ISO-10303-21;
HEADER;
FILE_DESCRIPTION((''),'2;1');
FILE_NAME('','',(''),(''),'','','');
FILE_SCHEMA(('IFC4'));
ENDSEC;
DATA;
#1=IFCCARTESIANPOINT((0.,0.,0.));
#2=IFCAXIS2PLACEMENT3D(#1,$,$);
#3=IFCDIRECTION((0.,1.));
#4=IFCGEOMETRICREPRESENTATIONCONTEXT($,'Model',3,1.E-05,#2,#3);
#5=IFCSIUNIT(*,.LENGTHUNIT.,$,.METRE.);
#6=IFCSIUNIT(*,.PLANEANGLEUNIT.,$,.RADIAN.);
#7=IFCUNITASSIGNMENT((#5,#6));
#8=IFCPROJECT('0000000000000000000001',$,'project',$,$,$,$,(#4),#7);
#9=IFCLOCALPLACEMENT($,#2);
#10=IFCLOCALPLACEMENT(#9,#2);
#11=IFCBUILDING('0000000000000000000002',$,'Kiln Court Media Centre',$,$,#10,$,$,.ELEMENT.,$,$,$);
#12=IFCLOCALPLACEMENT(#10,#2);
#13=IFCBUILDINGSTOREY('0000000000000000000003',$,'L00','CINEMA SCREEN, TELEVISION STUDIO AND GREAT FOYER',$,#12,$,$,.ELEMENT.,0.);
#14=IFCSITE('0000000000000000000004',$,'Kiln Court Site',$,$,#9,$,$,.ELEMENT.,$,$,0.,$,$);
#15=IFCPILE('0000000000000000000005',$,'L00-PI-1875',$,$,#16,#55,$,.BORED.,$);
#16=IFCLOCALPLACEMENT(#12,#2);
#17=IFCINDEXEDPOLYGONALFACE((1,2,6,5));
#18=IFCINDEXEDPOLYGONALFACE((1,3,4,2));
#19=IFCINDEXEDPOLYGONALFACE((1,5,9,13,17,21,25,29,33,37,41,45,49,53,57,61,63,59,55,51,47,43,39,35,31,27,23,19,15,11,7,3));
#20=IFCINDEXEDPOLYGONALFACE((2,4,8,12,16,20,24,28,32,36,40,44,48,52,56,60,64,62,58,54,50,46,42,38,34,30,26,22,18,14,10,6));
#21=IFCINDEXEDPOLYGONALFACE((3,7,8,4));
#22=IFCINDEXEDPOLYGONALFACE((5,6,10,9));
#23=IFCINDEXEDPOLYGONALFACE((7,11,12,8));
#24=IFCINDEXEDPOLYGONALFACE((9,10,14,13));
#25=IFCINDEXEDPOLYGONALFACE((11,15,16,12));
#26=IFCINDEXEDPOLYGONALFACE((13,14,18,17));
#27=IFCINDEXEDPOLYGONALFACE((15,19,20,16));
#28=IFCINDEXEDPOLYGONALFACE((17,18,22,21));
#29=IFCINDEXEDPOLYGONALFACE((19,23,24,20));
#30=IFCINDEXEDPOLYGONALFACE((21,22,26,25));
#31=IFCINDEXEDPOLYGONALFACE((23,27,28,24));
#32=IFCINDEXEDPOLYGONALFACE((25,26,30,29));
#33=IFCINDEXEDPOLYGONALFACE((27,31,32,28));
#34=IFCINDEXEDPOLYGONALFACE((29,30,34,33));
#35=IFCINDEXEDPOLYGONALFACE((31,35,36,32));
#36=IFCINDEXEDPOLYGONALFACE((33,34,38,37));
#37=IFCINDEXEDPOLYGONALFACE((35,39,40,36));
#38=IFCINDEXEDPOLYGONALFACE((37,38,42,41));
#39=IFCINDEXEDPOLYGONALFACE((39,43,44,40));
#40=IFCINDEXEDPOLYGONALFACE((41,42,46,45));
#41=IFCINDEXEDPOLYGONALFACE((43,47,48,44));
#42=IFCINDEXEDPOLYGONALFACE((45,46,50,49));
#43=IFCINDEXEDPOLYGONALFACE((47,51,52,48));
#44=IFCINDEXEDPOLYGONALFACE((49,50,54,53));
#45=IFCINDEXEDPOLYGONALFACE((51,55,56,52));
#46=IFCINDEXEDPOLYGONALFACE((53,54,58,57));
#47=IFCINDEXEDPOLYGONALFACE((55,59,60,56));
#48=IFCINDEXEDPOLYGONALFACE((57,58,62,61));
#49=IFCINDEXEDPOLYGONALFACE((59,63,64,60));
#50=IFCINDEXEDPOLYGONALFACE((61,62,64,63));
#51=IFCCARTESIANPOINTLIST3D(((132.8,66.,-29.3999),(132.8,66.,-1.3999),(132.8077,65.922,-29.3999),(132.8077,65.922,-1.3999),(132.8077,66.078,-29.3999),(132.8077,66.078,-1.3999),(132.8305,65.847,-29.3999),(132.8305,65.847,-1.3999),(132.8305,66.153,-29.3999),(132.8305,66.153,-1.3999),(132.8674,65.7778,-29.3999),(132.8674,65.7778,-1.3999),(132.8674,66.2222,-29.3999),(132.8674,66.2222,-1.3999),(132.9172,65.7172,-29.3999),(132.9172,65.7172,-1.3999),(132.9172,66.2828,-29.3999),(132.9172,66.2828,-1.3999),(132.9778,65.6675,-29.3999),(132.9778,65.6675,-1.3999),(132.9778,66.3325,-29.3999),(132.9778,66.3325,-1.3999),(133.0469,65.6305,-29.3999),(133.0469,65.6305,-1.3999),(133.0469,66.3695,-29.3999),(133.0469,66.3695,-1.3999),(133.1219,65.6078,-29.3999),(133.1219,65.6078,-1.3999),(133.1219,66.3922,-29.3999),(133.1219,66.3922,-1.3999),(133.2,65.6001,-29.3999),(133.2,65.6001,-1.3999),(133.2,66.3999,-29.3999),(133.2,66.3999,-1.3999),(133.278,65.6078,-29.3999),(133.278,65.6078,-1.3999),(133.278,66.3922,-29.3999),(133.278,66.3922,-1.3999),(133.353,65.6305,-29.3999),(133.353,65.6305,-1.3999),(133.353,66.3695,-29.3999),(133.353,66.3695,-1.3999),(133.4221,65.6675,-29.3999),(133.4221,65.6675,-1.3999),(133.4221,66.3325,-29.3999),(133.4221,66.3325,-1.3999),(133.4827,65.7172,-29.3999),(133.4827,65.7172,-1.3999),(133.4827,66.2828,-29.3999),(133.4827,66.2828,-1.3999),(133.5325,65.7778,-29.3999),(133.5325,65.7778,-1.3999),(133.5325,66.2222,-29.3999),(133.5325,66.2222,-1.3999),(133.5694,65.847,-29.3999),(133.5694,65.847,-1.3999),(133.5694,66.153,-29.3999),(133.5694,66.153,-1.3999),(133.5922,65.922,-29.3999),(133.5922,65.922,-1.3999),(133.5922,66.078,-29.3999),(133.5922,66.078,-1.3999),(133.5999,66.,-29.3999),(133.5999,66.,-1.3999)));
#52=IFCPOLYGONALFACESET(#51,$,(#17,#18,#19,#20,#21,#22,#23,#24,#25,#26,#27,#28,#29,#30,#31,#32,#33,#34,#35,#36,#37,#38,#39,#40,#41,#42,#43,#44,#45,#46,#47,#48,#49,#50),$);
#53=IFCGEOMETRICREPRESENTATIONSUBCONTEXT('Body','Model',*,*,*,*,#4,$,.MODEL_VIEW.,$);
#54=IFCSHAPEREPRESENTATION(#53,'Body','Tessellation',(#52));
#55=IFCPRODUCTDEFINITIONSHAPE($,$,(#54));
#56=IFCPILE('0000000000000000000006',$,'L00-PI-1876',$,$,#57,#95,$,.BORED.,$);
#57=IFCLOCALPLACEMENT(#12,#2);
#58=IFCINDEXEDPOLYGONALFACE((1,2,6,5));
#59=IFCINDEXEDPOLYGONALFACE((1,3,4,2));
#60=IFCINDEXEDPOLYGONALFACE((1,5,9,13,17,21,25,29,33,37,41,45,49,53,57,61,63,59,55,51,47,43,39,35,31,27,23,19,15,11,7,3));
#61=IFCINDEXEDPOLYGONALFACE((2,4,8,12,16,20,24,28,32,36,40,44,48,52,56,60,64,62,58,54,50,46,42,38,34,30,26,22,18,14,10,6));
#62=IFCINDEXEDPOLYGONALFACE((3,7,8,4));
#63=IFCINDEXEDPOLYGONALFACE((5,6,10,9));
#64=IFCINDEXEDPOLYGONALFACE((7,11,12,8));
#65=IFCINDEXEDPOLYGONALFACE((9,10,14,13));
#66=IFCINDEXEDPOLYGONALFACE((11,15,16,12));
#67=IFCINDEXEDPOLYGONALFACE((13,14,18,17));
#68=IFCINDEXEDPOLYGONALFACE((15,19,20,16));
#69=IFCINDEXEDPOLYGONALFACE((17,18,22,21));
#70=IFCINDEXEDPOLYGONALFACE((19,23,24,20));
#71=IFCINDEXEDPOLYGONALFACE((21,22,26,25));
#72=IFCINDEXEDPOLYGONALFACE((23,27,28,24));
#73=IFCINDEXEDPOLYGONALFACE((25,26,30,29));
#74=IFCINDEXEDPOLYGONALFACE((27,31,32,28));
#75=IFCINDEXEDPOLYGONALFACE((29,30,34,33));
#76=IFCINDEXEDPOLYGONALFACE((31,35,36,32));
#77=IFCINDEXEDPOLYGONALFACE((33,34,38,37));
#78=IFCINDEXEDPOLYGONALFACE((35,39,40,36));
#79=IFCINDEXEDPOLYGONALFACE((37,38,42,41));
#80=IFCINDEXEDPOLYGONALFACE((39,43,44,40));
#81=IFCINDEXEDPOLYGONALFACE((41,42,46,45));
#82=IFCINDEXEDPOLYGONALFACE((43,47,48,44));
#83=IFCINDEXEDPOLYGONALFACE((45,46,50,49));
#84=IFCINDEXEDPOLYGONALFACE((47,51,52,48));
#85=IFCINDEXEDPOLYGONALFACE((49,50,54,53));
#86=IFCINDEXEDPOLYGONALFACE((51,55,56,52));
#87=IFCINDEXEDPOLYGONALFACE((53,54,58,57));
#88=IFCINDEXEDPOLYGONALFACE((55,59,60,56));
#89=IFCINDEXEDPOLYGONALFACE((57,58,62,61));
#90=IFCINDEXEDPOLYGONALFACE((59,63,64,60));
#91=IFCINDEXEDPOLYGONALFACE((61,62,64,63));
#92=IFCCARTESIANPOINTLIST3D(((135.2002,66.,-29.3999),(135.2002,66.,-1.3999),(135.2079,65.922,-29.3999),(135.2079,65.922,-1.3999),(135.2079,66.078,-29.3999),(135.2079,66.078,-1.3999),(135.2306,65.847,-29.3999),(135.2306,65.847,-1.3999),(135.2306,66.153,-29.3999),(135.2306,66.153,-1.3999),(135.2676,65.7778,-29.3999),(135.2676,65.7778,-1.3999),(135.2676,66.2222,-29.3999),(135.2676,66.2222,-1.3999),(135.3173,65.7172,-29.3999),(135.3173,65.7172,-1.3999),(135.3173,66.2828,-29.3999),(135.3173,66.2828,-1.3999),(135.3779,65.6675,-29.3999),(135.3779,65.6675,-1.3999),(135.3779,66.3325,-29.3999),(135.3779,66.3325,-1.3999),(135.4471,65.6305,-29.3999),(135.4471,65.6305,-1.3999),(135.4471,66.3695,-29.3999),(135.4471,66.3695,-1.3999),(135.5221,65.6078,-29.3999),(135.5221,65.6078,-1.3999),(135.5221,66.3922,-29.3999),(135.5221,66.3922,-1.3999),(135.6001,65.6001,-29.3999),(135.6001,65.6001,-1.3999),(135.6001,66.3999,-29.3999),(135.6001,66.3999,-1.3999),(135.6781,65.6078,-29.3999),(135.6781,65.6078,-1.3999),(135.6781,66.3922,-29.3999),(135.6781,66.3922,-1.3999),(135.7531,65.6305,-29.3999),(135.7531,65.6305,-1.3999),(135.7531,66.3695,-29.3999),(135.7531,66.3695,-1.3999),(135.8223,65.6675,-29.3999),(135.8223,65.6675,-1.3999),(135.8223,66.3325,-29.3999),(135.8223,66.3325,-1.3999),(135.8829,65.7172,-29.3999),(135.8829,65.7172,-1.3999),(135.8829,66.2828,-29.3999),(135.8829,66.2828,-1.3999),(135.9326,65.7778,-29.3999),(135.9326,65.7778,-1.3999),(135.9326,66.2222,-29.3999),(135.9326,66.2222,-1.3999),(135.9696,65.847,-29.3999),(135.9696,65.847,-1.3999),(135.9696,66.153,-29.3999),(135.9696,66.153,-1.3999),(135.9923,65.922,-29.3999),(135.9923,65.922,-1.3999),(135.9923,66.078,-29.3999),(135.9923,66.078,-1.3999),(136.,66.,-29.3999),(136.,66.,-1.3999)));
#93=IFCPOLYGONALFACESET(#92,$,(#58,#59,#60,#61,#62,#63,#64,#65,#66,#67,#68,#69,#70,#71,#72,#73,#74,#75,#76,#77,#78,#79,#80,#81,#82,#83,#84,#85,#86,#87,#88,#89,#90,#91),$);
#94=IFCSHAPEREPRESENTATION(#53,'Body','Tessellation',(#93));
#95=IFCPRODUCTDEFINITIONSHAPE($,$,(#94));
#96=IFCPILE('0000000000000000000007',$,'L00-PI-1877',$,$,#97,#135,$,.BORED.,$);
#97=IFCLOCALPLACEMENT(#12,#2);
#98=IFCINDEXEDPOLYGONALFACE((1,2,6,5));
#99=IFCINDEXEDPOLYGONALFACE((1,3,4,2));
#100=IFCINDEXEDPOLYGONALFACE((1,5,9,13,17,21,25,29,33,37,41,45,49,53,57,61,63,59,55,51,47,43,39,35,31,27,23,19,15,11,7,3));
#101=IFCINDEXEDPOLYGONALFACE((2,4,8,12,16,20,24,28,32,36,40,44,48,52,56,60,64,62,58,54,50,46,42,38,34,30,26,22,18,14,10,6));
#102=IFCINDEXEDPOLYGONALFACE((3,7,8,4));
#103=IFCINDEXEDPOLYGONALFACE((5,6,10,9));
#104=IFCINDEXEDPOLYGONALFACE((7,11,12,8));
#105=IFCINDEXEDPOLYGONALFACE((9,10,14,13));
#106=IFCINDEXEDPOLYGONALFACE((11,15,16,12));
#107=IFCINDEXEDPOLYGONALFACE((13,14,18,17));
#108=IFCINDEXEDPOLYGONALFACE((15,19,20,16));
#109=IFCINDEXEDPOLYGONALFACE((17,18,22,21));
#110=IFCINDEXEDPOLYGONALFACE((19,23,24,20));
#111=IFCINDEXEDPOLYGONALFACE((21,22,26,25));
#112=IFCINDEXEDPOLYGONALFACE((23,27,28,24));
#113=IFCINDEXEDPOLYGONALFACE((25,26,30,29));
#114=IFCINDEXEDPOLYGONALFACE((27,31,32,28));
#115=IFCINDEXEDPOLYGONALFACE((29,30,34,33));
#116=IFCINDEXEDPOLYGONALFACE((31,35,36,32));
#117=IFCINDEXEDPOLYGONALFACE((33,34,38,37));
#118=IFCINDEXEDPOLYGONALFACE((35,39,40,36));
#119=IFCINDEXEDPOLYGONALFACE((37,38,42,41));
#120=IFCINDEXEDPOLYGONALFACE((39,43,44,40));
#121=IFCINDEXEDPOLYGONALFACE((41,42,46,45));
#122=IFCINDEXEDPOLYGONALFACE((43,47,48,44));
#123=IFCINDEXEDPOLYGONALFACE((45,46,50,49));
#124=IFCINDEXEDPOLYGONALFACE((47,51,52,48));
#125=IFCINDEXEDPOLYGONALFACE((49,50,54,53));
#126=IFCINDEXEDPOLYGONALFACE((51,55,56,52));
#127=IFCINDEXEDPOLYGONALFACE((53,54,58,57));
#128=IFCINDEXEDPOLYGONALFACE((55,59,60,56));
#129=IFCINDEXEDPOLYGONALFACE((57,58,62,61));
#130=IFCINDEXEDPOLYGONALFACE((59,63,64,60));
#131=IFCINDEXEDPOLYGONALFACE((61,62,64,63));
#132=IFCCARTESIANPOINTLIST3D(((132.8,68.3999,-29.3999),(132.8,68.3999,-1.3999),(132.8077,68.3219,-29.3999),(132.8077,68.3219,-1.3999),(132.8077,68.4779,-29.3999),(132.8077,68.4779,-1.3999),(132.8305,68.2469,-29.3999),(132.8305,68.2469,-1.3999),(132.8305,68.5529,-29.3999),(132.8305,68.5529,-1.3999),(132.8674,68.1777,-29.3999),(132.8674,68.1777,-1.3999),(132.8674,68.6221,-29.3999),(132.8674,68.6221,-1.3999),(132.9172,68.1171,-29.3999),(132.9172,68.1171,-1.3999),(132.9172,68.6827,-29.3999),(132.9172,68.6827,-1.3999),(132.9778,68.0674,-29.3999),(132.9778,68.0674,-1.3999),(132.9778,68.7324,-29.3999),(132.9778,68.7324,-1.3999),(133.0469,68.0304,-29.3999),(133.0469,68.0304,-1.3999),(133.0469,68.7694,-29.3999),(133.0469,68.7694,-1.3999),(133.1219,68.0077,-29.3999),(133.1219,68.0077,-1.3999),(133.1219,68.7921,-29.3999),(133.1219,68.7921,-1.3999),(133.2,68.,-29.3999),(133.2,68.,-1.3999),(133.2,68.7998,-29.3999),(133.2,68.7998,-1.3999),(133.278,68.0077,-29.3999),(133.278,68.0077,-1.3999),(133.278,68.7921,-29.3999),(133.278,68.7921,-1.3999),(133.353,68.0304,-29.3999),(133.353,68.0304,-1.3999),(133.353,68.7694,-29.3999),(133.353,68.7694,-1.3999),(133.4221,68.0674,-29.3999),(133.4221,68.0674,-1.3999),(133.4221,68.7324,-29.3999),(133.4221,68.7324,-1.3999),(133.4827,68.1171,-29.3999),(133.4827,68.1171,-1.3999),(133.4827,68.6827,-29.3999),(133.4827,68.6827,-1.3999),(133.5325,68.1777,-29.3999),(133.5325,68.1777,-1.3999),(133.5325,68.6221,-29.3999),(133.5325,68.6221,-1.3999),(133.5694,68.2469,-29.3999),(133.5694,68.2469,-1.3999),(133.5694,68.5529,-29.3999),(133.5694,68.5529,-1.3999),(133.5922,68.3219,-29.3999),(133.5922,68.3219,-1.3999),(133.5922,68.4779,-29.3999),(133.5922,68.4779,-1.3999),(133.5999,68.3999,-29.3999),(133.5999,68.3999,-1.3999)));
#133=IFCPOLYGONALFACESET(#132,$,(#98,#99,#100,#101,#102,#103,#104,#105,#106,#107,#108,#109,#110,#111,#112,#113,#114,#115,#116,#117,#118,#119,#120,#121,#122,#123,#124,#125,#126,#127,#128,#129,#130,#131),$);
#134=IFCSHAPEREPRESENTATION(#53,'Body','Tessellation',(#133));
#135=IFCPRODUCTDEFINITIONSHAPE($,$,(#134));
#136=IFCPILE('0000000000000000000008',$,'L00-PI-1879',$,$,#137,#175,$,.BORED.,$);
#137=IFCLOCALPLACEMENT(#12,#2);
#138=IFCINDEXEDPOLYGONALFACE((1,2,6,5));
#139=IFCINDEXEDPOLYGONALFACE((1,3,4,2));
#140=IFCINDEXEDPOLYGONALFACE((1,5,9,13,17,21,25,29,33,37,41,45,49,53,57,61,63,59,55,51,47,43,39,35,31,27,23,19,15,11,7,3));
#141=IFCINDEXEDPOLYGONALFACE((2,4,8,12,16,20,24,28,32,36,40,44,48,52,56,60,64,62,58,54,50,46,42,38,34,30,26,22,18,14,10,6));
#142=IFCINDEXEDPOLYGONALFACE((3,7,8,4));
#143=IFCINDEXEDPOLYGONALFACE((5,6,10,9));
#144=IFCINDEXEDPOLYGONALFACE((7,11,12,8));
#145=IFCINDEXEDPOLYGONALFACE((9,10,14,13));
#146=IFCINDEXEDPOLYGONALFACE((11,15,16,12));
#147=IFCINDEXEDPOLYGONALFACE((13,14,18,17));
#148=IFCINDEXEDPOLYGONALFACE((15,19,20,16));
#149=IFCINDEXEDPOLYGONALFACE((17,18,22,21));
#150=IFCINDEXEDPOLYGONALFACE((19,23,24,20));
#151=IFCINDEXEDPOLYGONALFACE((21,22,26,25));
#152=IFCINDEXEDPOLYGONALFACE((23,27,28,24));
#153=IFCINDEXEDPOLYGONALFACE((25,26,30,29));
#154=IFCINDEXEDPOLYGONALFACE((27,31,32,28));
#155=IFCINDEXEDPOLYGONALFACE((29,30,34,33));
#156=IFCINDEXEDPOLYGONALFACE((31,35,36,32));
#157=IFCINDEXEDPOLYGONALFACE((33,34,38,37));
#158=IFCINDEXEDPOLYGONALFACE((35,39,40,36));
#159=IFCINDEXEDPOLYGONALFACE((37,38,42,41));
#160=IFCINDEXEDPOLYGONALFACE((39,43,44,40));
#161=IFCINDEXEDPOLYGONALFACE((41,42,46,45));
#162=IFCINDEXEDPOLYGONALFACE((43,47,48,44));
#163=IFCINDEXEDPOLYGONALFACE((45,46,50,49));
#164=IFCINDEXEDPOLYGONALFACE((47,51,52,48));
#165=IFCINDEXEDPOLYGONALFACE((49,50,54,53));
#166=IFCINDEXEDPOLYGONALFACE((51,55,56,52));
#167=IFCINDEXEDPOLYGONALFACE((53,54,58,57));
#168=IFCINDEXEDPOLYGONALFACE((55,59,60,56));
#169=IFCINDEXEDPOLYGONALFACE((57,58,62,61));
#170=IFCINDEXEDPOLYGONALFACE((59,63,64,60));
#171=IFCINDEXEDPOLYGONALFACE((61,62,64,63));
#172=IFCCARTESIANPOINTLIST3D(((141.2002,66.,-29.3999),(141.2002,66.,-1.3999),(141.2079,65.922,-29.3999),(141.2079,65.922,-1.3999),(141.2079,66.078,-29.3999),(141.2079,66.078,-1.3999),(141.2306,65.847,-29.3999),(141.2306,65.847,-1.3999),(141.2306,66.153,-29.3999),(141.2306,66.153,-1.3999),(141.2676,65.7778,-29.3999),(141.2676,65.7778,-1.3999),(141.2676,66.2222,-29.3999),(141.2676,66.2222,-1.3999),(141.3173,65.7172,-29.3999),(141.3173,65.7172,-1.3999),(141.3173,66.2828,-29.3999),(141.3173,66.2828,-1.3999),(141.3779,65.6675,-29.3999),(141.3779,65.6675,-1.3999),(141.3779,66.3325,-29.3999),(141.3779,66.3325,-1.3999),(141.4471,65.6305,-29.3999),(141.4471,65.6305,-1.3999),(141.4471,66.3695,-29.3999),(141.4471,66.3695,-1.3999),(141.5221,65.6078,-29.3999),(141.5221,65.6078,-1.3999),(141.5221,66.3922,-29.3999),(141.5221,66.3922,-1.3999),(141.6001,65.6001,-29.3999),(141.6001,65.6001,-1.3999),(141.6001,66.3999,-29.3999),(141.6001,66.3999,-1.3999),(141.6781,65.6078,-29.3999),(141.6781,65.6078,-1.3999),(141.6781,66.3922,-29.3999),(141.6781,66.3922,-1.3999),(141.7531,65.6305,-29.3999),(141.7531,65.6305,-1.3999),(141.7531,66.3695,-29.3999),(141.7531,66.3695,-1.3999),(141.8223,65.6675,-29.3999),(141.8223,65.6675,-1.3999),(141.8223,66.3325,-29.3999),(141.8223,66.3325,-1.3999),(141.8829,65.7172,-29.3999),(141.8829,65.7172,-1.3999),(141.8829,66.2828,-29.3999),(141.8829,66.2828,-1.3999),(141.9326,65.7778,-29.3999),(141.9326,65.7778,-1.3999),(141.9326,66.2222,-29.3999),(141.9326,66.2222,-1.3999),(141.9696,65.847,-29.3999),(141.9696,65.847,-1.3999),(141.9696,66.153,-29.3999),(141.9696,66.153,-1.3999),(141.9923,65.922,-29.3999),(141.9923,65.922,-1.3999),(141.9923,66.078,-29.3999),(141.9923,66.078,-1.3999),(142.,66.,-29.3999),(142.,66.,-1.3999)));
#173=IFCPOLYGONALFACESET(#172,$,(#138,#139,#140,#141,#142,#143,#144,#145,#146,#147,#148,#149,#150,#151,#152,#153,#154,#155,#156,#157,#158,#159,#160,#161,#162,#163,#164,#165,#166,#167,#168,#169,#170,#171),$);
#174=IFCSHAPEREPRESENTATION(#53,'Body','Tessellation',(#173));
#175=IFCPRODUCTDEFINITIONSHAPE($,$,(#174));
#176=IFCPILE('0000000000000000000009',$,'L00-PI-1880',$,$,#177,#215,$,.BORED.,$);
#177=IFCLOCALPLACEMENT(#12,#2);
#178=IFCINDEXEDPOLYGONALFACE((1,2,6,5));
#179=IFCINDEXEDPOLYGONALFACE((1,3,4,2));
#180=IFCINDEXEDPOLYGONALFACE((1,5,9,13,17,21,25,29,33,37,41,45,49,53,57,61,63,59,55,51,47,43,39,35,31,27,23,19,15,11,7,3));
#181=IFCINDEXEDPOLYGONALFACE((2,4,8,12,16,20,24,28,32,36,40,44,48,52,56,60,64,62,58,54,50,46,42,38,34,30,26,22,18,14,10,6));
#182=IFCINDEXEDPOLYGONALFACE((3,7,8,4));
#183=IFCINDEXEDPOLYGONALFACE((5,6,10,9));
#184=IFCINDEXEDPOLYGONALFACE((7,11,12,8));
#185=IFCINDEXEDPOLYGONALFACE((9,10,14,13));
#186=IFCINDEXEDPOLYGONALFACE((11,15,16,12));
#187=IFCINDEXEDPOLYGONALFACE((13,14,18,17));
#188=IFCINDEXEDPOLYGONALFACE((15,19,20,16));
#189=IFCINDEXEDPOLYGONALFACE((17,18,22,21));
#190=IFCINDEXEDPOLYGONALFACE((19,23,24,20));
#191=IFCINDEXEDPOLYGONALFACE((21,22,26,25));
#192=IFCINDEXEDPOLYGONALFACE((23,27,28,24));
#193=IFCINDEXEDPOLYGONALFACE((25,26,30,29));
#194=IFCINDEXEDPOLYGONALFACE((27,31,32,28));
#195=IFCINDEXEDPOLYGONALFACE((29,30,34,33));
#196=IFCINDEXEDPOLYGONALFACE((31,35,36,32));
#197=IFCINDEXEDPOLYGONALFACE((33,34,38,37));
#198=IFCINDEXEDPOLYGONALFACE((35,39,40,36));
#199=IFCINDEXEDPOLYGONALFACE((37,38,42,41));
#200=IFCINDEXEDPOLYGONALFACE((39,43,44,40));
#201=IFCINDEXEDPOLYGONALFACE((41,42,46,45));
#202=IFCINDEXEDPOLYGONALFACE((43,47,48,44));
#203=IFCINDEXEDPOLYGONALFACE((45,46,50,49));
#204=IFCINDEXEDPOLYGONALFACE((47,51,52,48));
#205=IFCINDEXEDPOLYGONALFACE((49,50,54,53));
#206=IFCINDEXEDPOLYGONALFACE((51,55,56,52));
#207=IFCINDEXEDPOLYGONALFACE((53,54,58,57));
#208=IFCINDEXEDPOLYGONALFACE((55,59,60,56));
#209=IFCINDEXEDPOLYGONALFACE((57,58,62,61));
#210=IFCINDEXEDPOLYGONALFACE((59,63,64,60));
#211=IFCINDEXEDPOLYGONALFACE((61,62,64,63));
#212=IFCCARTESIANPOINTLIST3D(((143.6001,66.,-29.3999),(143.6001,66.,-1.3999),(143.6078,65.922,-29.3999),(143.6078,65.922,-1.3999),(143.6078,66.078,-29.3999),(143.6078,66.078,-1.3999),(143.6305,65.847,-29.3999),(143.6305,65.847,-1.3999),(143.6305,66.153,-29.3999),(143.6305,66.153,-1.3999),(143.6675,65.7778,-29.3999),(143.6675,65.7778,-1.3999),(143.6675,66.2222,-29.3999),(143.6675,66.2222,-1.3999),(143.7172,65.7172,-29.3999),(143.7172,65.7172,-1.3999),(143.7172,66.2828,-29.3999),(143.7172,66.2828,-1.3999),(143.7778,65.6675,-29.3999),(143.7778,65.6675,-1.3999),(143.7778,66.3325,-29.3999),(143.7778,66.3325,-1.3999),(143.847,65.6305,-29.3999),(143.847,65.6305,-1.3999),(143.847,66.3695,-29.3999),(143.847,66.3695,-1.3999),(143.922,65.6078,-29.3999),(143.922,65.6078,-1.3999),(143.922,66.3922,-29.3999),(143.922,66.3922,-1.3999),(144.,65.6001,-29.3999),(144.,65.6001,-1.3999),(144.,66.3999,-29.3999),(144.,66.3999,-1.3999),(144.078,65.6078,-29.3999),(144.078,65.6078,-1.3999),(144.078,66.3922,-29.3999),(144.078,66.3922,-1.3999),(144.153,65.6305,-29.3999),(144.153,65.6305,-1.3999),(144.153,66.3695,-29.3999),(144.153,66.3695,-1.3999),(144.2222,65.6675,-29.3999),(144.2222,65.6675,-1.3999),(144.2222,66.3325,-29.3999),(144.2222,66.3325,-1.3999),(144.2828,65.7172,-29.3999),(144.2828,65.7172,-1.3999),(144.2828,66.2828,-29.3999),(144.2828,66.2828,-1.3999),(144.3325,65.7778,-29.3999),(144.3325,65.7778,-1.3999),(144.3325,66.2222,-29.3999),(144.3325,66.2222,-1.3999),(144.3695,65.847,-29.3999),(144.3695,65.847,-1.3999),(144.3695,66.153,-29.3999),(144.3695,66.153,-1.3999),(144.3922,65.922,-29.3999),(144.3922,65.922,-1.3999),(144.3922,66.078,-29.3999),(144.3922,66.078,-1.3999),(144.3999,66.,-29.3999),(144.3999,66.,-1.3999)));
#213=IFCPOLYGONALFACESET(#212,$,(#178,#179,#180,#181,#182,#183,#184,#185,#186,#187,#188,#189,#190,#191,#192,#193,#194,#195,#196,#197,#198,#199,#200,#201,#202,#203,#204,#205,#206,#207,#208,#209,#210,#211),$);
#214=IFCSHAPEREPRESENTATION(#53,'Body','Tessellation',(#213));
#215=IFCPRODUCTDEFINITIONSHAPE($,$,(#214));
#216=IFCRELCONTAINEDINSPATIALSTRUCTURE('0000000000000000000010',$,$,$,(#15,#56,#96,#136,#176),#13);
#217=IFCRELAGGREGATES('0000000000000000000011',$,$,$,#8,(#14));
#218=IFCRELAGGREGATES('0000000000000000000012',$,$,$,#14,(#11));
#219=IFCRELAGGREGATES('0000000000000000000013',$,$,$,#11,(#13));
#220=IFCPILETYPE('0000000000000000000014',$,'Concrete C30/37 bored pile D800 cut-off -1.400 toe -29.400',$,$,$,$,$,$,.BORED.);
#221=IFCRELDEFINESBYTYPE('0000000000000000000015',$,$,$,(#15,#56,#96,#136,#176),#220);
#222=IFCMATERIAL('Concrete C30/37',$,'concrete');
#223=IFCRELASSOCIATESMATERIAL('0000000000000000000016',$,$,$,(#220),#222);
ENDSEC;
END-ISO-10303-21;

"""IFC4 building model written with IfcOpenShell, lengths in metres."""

from ifc_helpers import new_model, si_unit, direction, frame, origin, origin_2d, place, context, subcontext, project, spatial, circle, extrude, material, material_profile, profile_set, type_object, element, save


model = new_model("IFC4")

# Units and contexts
model_context = context("Model", 3, precision=1e-05, world=origin(), true_north=direction((0.0, 1.0)))
body_context = subcontext(model_context, "Body", "Model", "MODEL_VIEW")
ifc_project = project(units=[si_unit("LENGTHUNIT", "METRE"), si_unit("PLANEANGLEUNIT", "RADIAN")], contexts=[model_context])

# Site, building, storey
site_placement = place(None, origin())
site = spatial("IfcSite", under=ifc_project, at=site_placement, Name="Kiln Court Site", CompositionType="ELEMENT", RefElevation=0.0)
building_placement = place(site_placement, origin())
building = spatial("IfcBuilding", under=site, at=building_placement, Name="Kiln Court Media Centre", CompositionType="ELEMENT")
storey_placement = place(building_placement, origin())
storey = spatial("IfcBuildingStorey", under=building, at=storey_placement, Name="L00", Description="CINEMA SCREEN, TELEVISION STUDIO AND GREAT FOYER", CompositionType="ELEMENT", Elevation=0.0)

# Piles
ifc_material_1 = material(Name="Concrete C30/37", Category="concrete")
ifc_material_profile_1 = material_profile(ifc_material_1, circle(Radius=0.3999, at=origin_2d()), Name="PILE D800")
ifc_profile_set_1 = profile_set([ifc_material_profile_1], Name="Concrete C30/37")
pile_type = type_object("IfcPileType", Name="Concrete C30/37 bored pile D800 cut-off -1.400 toe -29.400", PredefinedType="BORED", material=ifc_profile_set_1)
for number, where, z_axis, x_axis, name in (
    (1, (133.2, 66.0, -1.3999), (0.0, 0.0, -1.0), (1.0, 0.0, 0.0), "L00-PI-1875"),
    (2, (135.6001, 66.0, -1.3999), (0.0, 0.0, -1.0), (1.0, 0.0, 0.0), "L00-PI-1876"),
    (3, (133.2, 68.3999, -1.3999), (0.0, 0.0, -1.0), (1.0, 0.0, 0.0), "L00-PI-1877"),
    (4, (141.6001, 66.0, -1.3999), (0.0, 0.0, -1.0), (1.0, 0.0, 0.0), "L00-PI-1879"),
    (5, (144.0, 66.0, -1.3999), (0.0, 0.0, -1.0), (1.0, 0.0, 0.0), "L00-PI-1880"),
):
    element("IfcPile", number, at=place(storey_placement, frame(where, z_axis=z_axis, x_axis=x_axis)), inside=storey, type_object=pile_type, Name=name, PredefinedType="BORED", context=body_context, shape_type="SweptSolid", body=[
        extrude(circle(Radius=0.3999, at=origin_2d()), origin(), (0.0, 0.0, 1.0), 28.0),
    ])

save(model, "model.ifc")
